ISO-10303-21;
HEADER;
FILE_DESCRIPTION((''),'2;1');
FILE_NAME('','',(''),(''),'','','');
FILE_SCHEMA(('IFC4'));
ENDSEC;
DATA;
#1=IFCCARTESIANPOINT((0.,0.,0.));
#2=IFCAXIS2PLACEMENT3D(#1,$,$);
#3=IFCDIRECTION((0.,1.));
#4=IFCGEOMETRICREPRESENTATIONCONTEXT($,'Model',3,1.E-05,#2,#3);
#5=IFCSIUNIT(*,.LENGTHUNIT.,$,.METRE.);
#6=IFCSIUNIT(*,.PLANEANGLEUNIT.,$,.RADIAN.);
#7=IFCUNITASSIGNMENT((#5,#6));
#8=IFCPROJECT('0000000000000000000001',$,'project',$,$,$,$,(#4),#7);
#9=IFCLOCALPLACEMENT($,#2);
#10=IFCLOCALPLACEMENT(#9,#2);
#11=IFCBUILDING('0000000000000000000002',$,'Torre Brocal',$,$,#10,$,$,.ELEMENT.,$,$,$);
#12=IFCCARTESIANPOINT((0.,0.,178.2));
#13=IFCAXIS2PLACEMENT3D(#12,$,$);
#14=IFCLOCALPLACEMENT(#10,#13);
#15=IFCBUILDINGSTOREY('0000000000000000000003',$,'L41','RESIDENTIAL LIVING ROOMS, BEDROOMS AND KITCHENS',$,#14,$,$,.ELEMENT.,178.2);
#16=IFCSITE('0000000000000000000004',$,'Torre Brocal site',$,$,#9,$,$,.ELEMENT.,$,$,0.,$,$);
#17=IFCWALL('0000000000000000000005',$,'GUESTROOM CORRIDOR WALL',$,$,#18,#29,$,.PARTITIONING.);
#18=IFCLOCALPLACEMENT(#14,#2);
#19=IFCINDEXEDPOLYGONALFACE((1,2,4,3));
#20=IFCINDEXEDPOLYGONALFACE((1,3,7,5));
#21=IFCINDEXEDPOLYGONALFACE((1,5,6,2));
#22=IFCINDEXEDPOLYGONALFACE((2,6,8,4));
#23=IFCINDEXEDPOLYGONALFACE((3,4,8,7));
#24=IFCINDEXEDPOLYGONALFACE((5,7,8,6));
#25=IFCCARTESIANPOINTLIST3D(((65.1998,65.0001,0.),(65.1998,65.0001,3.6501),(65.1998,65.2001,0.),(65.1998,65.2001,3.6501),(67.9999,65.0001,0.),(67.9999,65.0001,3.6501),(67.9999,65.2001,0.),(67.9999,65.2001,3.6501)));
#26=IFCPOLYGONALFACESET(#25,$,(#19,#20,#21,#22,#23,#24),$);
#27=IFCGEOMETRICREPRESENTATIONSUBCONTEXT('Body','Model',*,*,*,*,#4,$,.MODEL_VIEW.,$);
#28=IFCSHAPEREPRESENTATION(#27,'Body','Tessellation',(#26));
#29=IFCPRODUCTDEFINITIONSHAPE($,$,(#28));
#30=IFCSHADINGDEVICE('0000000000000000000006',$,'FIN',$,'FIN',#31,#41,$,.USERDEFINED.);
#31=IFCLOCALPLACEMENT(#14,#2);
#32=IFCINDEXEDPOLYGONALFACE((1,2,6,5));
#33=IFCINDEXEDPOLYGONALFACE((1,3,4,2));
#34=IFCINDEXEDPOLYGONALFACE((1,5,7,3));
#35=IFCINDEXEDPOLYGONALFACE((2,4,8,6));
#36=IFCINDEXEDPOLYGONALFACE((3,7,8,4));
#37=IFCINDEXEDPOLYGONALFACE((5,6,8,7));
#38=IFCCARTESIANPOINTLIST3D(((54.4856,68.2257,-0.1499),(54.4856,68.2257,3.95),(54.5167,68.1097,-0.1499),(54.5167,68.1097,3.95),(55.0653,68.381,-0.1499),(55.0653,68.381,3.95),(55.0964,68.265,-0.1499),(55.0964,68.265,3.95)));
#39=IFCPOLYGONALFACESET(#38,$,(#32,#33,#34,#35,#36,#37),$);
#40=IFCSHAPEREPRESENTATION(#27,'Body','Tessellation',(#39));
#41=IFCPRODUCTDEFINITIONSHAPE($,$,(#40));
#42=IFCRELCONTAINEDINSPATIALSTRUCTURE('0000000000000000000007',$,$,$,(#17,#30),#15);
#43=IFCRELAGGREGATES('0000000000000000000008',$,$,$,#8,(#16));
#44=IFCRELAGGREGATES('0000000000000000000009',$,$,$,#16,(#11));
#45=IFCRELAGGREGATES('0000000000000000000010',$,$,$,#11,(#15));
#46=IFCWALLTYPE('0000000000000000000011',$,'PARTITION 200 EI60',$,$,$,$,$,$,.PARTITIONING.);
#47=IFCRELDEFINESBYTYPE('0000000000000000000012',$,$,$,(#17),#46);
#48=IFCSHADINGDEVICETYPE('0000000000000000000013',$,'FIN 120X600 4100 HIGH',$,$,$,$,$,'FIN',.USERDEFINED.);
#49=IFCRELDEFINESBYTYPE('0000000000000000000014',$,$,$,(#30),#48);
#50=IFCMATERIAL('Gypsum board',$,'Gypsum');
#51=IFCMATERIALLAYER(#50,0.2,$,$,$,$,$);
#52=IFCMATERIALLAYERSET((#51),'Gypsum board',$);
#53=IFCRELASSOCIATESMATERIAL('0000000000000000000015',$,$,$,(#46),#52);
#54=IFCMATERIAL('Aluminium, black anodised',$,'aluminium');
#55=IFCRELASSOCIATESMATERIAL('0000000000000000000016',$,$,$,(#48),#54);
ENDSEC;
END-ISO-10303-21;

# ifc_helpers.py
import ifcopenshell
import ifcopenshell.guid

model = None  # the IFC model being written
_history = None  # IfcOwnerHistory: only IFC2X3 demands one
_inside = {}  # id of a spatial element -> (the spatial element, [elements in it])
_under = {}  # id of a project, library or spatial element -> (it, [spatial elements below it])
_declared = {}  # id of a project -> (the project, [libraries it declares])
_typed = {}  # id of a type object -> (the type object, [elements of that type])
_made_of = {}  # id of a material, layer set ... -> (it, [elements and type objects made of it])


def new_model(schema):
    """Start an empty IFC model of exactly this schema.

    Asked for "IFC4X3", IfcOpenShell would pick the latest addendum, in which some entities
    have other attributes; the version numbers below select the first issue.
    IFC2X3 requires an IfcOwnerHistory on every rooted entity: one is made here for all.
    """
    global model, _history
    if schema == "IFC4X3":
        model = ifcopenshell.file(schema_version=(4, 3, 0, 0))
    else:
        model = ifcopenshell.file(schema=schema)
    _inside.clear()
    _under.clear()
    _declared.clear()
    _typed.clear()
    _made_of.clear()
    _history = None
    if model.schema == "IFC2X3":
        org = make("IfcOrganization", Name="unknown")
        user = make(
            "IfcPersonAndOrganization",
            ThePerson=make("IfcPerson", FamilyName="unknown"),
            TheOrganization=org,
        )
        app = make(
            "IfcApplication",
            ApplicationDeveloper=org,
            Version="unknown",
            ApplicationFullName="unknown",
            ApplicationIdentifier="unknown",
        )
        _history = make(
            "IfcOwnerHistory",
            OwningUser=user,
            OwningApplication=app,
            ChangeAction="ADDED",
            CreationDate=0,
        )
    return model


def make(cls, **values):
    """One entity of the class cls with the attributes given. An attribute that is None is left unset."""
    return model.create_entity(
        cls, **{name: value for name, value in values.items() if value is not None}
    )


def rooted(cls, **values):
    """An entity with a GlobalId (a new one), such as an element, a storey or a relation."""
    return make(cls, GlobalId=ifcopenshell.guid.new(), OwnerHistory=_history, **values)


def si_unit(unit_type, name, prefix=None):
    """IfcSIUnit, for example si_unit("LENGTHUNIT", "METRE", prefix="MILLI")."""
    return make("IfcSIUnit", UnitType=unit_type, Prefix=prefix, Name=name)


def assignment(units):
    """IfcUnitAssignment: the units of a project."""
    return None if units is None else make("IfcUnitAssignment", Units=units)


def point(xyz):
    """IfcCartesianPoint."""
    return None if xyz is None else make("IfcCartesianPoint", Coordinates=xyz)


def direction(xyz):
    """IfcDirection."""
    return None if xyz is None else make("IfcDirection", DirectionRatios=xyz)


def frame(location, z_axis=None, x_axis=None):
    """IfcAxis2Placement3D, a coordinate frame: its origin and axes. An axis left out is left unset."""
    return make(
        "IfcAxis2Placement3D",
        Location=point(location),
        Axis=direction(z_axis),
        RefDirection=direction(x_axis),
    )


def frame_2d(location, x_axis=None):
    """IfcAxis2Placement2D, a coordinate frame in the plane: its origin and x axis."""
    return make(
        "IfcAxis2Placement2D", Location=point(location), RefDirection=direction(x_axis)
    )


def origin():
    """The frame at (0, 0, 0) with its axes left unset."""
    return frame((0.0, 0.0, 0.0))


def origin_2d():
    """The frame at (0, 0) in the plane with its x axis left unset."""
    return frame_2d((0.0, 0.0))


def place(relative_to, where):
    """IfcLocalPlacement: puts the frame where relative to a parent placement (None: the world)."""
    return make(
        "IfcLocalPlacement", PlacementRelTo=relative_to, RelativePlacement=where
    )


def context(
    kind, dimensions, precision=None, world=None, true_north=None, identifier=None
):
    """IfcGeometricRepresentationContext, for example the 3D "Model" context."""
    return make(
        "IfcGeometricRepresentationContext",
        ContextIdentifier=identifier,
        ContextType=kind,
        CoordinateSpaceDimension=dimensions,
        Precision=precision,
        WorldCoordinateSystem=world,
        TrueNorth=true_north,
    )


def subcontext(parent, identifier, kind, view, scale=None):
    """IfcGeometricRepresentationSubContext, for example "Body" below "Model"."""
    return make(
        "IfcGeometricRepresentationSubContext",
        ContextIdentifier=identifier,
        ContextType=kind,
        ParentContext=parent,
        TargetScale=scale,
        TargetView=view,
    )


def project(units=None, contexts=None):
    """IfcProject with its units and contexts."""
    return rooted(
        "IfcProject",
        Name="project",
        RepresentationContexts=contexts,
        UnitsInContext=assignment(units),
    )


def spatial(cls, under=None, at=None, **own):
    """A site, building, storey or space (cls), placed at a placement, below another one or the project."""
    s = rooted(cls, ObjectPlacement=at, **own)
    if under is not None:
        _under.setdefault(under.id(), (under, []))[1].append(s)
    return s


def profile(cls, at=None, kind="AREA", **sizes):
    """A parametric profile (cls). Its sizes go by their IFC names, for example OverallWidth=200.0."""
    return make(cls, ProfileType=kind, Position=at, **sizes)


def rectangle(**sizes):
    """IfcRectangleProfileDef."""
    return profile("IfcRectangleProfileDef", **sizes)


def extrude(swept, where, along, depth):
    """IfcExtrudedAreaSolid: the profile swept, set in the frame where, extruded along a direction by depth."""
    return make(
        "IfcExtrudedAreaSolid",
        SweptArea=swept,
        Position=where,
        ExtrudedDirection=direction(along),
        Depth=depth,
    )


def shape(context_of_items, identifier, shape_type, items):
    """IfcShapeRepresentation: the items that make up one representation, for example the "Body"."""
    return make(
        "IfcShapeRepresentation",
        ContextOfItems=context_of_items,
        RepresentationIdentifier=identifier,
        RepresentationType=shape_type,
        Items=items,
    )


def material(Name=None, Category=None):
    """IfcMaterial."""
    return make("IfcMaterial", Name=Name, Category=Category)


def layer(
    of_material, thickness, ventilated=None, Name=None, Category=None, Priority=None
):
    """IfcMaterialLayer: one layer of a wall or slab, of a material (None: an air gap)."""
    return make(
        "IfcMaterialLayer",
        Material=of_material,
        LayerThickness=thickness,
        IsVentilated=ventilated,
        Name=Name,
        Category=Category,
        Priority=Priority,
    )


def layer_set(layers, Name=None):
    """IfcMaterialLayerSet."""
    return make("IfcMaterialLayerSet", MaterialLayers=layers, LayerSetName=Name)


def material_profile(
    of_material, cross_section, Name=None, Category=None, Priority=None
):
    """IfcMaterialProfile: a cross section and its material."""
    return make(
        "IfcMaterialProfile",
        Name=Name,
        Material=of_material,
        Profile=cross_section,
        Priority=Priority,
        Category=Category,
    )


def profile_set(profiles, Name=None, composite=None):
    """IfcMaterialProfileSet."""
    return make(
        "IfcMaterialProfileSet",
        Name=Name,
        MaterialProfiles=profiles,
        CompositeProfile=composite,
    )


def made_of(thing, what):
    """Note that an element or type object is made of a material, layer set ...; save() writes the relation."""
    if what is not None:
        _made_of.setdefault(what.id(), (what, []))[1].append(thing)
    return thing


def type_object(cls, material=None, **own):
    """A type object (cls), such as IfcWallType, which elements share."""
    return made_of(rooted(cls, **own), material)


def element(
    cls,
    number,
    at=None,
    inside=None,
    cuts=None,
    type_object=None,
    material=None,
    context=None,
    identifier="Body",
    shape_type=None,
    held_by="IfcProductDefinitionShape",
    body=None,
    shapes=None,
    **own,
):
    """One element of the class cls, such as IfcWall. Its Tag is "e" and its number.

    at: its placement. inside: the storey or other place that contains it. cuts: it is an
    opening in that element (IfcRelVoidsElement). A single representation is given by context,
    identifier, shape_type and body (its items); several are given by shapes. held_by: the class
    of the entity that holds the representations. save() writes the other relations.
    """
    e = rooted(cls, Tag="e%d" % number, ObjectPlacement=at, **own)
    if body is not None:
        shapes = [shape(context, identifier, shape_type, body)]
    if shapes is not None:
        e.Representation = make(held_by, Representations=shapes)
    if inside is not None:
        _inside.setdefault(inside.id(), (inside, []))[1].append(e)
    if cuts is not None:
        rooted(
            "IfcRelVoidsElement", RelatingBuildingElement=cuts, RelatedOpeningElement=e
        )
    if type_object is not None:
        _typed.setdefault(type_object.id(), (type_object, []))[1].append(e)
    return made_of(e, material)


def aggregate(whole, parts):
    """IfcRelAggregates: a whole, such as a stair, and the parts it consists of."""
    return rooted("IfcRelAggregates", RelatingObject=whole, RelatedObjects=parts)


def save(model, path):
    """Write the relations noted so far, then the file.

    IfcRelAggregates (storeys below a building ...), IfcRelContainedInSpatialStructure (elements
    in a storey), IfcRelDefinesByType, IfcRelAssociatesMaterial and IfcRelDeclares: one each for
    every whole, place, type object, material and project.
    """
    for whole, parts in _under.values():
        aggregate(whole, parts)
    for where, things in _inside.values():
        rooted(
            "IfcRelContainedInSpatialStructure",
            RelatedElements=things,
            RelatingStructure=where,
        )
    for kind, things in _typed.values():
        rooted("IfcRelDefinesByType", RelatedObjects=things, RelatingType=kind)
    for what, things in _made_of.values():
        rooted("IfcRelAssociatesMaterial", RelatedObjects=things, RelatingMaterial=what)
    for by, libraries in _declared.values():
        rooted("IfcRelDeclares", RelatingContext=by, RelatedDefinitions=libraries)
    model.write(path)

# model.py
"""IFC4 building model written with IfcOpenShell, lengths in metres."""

from ifc_helpers import new_model, si_unit, direction, frame, frame_2d, origin, origin_2d, place, context, subcontext, project, spatial, rectangle, extrude, material, layer, layer_set, material_profile, profile_set, type_object, element, save


model = new_model("IFC4")

# Units and contexts
model_context = context("Model", 3, precision=1e-05, world=origin(), true_north=direction((0.0, 1.0)))
body_context = subcontext(model_context, "Body", "Model", "MODEL_VIEW")
ifc_project = project(units=[si_unit("LENGTHUNIT", "METRE"), si_unit("PLANEANGLEUNIT", "RADIAN")], contexts=[model_context])

# Site, building, storey
site_placement = place(None, origin())
site = spatial("IfcSite", under=ifc_project, at=site_placement, Name="Torre Brocal site", CompositionType="ELEMENT", RefElevation=0.0)
building_placement = place(site_placement, origin())
building = spatial("IfcBuilding", under=site, at=building_placement, Name="Torre Brocal", CompositionType="ELEMENT")
storey_placement = place(building_placement, frame((0.0, 0.0, 178.2)))
storey = spatial("IfcBuildingStorey", under=building, at=storey_placement, Name="L41", Description="RESIDENTIAL LIVING ROOMS, BEDROOMS AND KITCHENS", CompositionType="ELEMENT", Elevation=178.2)

# Wall
ifc_material_1 = material(Name="Gypsum board", Category="Gypsum")
ifc_layer_1 = layer(ifc_material_1, 0.2)
ifc_layer_set_1 = layer_set([ifc_layer_1], Name="Gypsum board")
wall_type_1 = type_object("IfcWallType", Name="PARTITION 200 EI60", PredefinedType="PARTITIONING", material=ifc_layer_set_1)
wall_1_placement = place(storey_placement, frame((65.2, 65.1001, 0.0), z_axis=(0.0, 0.0, 1.0), x_axis=(1.0, 0.0, 0.0)))
element("IfcWall", 1, at=wall_1_placement, inside=storey, type_object=wall_type_1, Name="GUESTROOM CORRIDOR WALL", PredefinedType="PARTITIONING", context=body_context, shape_type="SweptSolid", body=[
    extrude(rectangle(XDim=2.8, YDim=0.2, at=frame_2d((1.3999, 0.0))), origin(), (0.0, 0.0, 1.0), 3.6501),
])

# Shading device
ifc_material_2 = material(Name="Aluminium, black anodised", Category="aluminium")
ifc_material_profile_1 = material_profile(ifc_material_2, rectangle(XDim=0.1201, YDim=0.6001, at=origin_2d()), Name="FIN 120X600 4100 HIGH")
ifc_profile_set_1 = profile_set([ifc_material_profile_1], Name="Aluminium, black anodised")
shading_device_type = type_object("IfcShadingDeviceType", Name="FIN 120X600 4100 HIGH", ElementType="FIN", PredefinedType="USERDEFINED", material=ifc_profile_set_1)
shading_device_placement = place(storey_placement, frame((54.791, 68.2454, -0.1499), z_axis=(0.0, 0.0, 1.0), x_axis=(0.258819, -0.965926, 0.0)))
element("IfcShadingDevice", 2, at=shading_device_placement, inside=storey, type_object=shading_device_type, Name="FIN", ObjectType="FIN", PredefinedType="USERDEFINED", context=body_context, shape_type="SweptSolid", body=[
    extrude(rectangle(XDim=0.1201, YDim=0.6001, at=origin_2d()), origin(), (0.0, 0.0, 1.0), 4.0999),
])

save(model, "model.ifc")
